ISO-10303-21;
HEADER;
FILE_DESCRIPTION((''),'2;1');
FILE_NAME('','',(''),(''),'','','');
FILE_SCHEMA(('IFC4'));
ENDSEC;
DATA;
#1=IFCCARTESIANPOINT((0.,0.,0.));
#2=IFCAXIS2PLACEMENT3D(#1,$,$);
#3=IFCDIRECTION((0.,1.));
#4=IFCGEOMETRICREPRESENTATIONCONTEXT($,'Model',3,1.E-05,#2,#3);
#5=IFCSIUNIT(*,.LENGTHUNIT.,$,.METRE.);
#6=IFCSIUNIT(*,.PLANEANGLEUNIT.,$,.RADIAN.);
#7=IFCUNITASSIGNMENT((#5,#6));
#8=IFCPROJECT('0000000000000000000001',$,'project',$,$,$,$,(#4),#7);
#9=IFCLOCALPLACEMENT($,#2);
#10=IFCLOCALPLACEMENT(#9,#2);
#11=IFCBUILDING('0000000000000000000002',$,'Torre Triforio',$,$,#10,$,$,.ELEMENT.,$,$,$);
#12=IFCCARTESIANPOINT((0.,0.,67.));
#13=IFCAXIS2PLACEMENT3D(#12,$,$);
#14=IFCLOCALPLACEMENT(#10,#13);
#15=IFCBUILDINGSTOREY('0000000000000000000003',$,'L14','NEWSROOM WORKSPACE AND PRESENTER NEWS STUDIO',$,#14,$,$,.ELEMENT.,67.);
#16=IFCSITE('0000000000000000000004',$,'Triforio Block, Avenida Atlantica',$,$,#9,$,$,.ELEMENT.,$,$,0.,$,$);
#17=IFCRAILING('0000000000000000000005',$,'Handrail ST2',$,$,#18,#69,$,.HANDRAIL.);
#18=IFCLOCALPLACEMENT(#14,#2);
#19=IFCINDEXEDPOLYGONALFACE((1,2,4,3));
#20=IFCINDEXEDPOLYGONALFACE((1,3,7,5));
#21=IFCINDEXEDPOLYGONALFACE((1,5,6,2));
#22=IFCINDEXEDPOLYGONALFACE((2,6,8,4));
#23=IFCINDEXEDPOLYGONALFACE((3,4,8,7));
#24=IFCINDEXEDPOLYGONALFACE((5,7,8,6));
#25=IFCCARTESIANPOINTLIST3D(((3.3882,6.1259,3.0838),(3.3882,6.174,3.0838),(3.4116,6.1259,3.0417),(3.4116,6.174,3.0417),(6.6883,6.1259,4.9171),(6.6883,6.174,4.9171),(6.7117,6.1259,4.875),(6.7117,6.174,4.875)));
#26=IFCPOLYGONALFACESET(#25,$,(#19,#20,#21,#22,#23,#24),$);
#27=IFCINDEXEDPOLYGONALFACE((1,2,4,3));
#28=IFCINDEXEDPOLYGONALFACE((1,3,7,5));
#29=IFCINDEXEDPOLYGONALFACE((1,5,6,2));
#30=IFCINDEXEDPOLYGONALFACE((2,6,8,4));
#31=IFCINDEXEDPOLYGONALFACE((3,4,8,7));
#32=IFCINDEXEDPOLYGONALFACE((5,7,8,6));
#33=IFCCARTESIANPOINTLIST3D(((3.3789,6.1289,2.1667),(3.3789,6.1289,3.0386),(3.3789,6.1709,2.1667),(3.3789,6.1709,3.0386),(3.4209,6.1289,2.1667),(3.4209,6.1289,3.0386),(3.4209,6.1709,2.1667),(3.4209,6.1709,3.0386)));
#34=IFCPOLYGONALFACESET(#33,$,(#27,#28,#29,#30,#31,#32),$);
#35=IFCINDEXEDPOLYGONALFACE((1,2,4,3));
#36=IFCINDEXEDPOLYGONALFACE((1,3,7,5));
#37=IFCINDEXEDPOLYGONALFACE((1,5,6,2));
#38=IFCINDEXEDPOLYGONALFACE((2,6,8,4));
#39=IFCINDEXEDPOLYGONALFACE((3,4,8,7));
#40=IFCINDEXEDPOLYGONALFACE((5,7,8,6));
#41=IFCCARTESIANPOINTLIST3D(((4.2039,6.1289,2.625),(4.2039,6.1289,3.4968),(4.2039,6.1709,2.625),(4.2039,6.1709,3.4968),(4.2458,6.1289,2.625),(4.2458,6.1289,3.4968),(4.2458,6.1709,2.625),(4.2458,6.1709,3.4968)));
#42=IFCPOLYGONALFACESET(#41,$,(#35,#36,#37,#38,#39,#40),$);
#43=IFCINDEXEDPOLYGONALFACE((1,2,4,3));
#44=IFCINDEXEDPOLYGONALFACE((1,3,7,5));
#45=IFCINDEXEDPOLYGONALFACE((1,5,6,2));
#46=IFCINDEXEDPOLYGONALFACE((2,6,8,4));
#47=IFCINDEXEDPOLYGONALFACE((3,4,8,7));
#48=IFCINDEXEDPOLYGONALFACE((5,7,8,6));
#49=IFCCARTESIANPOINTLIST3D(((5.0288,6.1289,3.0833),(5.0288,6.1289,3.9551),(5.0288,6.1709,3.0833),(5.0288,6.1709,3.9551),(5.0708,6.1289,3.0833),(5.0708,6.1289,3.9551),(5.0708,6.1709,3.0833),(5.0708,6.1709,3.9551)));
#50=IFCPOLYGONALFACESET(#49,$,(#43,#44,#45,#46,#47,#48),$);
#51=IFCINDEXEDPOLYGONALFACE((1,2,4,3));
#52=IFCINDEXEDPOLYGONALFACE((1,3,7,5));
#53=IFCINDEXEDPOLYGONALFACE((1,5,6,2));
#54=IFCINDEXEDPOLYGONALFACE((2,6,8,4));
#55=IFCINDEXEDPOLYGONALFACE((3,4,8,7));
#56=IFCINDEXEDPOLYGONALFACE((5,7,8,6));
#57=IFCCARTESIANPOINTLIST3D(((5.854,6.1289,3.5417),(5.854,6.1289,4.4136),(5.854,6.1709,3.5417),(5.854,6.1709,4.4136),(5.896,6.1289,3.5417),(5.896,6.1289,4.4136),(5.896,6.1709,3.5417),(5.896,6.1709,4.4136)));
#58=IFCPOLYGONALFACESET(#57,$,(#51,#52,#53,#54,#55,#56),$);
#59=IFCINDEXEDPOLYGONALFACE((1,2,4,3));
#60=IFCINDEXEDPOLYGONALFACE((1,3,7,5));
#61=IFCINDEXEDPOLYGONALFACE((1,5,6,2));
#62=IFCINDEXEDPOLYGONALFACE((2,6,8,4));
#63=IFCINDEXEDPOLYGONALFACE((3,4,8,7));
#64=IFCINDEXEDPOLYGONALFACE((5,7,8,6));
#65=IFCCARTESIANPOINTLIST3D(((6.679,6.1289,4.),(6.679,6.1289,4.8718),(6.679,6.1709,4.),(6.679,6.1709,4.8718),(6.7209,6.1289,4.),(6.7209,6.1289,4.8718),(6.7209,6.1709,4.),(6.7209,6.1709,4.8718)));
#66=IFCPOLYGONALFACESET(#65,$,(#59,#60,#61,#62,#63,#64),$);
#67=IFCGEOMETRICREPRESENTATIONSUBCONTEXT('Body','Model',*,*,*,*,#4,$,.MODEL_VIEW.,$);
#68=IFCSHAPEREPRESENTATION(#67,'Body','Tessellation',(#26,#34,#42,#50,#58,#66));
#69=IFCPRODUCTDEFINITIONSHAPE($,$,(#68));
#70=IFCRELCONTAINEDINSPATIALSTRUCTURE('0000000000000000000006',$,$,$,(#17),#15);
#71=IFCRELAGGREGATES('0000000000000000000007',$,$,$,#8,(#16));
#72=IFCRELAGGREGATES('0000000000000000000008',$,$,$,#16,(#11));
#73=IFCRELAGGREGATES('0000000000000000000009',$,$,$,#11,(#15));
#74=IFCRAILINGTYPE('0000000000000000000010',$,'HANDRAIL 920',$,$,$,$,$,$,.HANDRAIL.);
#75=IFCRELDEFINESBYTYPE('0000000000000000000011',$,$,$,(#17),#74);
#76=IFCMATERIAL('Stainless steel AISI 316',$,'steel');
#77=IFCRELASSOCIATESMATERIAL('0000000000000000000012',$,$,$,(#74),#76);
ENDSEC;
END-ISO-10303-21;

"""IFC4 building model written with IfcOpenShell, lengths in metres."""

from ifc_helpers import new_model, si_unit, direction, frame, origin, origin_2d, place, context, subcontext, project, spatial, rectangle, extrude, material, type_object, element, save


model = new_model("IFC4")

# Units and contexts
model_context = context("Model", 3, precision=1e-05, world=origin(), true_north=direction((0.0, 1.0)))
body_context = subcontext(model_context, "Body", "Model", "MODEL_VIEW")
ifc_project = project(units=[si_unit("LENGTHUNIT", "METRE"), si_unit("PLANEANGLEUNIT", "RADIAN")], contexts=[model_context])

# Site, building, storey
site_placement = place(None, origin())
site = spatial("IfcSite", under=ifc_project, at=site_placement, Name="Triforio Block, Avenida Atlantica", CompositionType="ELEMENT", RefElevation=0.0)
building_placement = place(site_placement, origin())
building = spatial("IfcBuilding", under=site, at=building_placement, Name="Torre Triforio", CompositionType="ELEMENT")
storey_placement = place(building_placement, frame((0.0, 0.0, 67.0)))
storey = spatial("IfcBuildingStorey", under=building, at=storey_placement, Name="L14", Description="NEWSROOM WORKSPACE AND PRESENTER NEWS STUDIO", CompositionType="ELEMENT", Elevation=67.0)

# Railing
ifc_material_1 = material(Name="Stainless steel AISI 316", Category="steel")
railing_type = type_object("IfcRailingType", Name="HANDRAIL 920", PredefinedType="HANDRAIL", material=ifc_material_1)
railing_placement = place(storey_placement, frame((3.3999, 6.1499, 2.1667)))
element("IfcRailing", 1, at=railing_placement, inside=storey, type_object=railing_type, Name="Handrail ST2", PredefinedType="HANDRAIL", context=body_context, shape_type="SweptSolid", body=[
    extrude(rectangle(XDim=0.0481, YDim=0.0481, at=origin_2d()), frame((0.0, 0.0, 0.896), z_axis=(0.874169, 0.0, 0.485621), x_axis=(0.0, 1.0, 0.0)), (0.0, 0.0, 1.0), 3.7751),
    extrude(rectangle(XDim=0.042, YDim=0.042, at=origin_2d()), origin(), (0.0, 0.0, 1.0), 0.8718),
    extrude(rectangle(XDim=0.042, YDim=0.042, at=origin_2d()), frame((0.825, 0.0, 0.4583)), (0.0, 0.0, 1.0), 0.8718),
    extrude(rectangle(XDim=0.042, YDim=0.042, at=origin_2d()), frame((1.6499, 0.0, 0.9165)), (0.0, 0.0, 1.0), 0.8718),
    extrude(rectangle(XDim=0.042, YDim=0.042, at=origin_2d()), frame((2.4751, 0.0, 1.375)), (0.0, 0.0, 1.0), 0.8718),
    extrude(rectangle(XDim=0.042, YDim=0.042, at=origin_2d()), frame((3.3, 0.0, 1.8333)), (0.0, 0.0, 1.0), 0.8718),
])

save(model, "model.ifc")
